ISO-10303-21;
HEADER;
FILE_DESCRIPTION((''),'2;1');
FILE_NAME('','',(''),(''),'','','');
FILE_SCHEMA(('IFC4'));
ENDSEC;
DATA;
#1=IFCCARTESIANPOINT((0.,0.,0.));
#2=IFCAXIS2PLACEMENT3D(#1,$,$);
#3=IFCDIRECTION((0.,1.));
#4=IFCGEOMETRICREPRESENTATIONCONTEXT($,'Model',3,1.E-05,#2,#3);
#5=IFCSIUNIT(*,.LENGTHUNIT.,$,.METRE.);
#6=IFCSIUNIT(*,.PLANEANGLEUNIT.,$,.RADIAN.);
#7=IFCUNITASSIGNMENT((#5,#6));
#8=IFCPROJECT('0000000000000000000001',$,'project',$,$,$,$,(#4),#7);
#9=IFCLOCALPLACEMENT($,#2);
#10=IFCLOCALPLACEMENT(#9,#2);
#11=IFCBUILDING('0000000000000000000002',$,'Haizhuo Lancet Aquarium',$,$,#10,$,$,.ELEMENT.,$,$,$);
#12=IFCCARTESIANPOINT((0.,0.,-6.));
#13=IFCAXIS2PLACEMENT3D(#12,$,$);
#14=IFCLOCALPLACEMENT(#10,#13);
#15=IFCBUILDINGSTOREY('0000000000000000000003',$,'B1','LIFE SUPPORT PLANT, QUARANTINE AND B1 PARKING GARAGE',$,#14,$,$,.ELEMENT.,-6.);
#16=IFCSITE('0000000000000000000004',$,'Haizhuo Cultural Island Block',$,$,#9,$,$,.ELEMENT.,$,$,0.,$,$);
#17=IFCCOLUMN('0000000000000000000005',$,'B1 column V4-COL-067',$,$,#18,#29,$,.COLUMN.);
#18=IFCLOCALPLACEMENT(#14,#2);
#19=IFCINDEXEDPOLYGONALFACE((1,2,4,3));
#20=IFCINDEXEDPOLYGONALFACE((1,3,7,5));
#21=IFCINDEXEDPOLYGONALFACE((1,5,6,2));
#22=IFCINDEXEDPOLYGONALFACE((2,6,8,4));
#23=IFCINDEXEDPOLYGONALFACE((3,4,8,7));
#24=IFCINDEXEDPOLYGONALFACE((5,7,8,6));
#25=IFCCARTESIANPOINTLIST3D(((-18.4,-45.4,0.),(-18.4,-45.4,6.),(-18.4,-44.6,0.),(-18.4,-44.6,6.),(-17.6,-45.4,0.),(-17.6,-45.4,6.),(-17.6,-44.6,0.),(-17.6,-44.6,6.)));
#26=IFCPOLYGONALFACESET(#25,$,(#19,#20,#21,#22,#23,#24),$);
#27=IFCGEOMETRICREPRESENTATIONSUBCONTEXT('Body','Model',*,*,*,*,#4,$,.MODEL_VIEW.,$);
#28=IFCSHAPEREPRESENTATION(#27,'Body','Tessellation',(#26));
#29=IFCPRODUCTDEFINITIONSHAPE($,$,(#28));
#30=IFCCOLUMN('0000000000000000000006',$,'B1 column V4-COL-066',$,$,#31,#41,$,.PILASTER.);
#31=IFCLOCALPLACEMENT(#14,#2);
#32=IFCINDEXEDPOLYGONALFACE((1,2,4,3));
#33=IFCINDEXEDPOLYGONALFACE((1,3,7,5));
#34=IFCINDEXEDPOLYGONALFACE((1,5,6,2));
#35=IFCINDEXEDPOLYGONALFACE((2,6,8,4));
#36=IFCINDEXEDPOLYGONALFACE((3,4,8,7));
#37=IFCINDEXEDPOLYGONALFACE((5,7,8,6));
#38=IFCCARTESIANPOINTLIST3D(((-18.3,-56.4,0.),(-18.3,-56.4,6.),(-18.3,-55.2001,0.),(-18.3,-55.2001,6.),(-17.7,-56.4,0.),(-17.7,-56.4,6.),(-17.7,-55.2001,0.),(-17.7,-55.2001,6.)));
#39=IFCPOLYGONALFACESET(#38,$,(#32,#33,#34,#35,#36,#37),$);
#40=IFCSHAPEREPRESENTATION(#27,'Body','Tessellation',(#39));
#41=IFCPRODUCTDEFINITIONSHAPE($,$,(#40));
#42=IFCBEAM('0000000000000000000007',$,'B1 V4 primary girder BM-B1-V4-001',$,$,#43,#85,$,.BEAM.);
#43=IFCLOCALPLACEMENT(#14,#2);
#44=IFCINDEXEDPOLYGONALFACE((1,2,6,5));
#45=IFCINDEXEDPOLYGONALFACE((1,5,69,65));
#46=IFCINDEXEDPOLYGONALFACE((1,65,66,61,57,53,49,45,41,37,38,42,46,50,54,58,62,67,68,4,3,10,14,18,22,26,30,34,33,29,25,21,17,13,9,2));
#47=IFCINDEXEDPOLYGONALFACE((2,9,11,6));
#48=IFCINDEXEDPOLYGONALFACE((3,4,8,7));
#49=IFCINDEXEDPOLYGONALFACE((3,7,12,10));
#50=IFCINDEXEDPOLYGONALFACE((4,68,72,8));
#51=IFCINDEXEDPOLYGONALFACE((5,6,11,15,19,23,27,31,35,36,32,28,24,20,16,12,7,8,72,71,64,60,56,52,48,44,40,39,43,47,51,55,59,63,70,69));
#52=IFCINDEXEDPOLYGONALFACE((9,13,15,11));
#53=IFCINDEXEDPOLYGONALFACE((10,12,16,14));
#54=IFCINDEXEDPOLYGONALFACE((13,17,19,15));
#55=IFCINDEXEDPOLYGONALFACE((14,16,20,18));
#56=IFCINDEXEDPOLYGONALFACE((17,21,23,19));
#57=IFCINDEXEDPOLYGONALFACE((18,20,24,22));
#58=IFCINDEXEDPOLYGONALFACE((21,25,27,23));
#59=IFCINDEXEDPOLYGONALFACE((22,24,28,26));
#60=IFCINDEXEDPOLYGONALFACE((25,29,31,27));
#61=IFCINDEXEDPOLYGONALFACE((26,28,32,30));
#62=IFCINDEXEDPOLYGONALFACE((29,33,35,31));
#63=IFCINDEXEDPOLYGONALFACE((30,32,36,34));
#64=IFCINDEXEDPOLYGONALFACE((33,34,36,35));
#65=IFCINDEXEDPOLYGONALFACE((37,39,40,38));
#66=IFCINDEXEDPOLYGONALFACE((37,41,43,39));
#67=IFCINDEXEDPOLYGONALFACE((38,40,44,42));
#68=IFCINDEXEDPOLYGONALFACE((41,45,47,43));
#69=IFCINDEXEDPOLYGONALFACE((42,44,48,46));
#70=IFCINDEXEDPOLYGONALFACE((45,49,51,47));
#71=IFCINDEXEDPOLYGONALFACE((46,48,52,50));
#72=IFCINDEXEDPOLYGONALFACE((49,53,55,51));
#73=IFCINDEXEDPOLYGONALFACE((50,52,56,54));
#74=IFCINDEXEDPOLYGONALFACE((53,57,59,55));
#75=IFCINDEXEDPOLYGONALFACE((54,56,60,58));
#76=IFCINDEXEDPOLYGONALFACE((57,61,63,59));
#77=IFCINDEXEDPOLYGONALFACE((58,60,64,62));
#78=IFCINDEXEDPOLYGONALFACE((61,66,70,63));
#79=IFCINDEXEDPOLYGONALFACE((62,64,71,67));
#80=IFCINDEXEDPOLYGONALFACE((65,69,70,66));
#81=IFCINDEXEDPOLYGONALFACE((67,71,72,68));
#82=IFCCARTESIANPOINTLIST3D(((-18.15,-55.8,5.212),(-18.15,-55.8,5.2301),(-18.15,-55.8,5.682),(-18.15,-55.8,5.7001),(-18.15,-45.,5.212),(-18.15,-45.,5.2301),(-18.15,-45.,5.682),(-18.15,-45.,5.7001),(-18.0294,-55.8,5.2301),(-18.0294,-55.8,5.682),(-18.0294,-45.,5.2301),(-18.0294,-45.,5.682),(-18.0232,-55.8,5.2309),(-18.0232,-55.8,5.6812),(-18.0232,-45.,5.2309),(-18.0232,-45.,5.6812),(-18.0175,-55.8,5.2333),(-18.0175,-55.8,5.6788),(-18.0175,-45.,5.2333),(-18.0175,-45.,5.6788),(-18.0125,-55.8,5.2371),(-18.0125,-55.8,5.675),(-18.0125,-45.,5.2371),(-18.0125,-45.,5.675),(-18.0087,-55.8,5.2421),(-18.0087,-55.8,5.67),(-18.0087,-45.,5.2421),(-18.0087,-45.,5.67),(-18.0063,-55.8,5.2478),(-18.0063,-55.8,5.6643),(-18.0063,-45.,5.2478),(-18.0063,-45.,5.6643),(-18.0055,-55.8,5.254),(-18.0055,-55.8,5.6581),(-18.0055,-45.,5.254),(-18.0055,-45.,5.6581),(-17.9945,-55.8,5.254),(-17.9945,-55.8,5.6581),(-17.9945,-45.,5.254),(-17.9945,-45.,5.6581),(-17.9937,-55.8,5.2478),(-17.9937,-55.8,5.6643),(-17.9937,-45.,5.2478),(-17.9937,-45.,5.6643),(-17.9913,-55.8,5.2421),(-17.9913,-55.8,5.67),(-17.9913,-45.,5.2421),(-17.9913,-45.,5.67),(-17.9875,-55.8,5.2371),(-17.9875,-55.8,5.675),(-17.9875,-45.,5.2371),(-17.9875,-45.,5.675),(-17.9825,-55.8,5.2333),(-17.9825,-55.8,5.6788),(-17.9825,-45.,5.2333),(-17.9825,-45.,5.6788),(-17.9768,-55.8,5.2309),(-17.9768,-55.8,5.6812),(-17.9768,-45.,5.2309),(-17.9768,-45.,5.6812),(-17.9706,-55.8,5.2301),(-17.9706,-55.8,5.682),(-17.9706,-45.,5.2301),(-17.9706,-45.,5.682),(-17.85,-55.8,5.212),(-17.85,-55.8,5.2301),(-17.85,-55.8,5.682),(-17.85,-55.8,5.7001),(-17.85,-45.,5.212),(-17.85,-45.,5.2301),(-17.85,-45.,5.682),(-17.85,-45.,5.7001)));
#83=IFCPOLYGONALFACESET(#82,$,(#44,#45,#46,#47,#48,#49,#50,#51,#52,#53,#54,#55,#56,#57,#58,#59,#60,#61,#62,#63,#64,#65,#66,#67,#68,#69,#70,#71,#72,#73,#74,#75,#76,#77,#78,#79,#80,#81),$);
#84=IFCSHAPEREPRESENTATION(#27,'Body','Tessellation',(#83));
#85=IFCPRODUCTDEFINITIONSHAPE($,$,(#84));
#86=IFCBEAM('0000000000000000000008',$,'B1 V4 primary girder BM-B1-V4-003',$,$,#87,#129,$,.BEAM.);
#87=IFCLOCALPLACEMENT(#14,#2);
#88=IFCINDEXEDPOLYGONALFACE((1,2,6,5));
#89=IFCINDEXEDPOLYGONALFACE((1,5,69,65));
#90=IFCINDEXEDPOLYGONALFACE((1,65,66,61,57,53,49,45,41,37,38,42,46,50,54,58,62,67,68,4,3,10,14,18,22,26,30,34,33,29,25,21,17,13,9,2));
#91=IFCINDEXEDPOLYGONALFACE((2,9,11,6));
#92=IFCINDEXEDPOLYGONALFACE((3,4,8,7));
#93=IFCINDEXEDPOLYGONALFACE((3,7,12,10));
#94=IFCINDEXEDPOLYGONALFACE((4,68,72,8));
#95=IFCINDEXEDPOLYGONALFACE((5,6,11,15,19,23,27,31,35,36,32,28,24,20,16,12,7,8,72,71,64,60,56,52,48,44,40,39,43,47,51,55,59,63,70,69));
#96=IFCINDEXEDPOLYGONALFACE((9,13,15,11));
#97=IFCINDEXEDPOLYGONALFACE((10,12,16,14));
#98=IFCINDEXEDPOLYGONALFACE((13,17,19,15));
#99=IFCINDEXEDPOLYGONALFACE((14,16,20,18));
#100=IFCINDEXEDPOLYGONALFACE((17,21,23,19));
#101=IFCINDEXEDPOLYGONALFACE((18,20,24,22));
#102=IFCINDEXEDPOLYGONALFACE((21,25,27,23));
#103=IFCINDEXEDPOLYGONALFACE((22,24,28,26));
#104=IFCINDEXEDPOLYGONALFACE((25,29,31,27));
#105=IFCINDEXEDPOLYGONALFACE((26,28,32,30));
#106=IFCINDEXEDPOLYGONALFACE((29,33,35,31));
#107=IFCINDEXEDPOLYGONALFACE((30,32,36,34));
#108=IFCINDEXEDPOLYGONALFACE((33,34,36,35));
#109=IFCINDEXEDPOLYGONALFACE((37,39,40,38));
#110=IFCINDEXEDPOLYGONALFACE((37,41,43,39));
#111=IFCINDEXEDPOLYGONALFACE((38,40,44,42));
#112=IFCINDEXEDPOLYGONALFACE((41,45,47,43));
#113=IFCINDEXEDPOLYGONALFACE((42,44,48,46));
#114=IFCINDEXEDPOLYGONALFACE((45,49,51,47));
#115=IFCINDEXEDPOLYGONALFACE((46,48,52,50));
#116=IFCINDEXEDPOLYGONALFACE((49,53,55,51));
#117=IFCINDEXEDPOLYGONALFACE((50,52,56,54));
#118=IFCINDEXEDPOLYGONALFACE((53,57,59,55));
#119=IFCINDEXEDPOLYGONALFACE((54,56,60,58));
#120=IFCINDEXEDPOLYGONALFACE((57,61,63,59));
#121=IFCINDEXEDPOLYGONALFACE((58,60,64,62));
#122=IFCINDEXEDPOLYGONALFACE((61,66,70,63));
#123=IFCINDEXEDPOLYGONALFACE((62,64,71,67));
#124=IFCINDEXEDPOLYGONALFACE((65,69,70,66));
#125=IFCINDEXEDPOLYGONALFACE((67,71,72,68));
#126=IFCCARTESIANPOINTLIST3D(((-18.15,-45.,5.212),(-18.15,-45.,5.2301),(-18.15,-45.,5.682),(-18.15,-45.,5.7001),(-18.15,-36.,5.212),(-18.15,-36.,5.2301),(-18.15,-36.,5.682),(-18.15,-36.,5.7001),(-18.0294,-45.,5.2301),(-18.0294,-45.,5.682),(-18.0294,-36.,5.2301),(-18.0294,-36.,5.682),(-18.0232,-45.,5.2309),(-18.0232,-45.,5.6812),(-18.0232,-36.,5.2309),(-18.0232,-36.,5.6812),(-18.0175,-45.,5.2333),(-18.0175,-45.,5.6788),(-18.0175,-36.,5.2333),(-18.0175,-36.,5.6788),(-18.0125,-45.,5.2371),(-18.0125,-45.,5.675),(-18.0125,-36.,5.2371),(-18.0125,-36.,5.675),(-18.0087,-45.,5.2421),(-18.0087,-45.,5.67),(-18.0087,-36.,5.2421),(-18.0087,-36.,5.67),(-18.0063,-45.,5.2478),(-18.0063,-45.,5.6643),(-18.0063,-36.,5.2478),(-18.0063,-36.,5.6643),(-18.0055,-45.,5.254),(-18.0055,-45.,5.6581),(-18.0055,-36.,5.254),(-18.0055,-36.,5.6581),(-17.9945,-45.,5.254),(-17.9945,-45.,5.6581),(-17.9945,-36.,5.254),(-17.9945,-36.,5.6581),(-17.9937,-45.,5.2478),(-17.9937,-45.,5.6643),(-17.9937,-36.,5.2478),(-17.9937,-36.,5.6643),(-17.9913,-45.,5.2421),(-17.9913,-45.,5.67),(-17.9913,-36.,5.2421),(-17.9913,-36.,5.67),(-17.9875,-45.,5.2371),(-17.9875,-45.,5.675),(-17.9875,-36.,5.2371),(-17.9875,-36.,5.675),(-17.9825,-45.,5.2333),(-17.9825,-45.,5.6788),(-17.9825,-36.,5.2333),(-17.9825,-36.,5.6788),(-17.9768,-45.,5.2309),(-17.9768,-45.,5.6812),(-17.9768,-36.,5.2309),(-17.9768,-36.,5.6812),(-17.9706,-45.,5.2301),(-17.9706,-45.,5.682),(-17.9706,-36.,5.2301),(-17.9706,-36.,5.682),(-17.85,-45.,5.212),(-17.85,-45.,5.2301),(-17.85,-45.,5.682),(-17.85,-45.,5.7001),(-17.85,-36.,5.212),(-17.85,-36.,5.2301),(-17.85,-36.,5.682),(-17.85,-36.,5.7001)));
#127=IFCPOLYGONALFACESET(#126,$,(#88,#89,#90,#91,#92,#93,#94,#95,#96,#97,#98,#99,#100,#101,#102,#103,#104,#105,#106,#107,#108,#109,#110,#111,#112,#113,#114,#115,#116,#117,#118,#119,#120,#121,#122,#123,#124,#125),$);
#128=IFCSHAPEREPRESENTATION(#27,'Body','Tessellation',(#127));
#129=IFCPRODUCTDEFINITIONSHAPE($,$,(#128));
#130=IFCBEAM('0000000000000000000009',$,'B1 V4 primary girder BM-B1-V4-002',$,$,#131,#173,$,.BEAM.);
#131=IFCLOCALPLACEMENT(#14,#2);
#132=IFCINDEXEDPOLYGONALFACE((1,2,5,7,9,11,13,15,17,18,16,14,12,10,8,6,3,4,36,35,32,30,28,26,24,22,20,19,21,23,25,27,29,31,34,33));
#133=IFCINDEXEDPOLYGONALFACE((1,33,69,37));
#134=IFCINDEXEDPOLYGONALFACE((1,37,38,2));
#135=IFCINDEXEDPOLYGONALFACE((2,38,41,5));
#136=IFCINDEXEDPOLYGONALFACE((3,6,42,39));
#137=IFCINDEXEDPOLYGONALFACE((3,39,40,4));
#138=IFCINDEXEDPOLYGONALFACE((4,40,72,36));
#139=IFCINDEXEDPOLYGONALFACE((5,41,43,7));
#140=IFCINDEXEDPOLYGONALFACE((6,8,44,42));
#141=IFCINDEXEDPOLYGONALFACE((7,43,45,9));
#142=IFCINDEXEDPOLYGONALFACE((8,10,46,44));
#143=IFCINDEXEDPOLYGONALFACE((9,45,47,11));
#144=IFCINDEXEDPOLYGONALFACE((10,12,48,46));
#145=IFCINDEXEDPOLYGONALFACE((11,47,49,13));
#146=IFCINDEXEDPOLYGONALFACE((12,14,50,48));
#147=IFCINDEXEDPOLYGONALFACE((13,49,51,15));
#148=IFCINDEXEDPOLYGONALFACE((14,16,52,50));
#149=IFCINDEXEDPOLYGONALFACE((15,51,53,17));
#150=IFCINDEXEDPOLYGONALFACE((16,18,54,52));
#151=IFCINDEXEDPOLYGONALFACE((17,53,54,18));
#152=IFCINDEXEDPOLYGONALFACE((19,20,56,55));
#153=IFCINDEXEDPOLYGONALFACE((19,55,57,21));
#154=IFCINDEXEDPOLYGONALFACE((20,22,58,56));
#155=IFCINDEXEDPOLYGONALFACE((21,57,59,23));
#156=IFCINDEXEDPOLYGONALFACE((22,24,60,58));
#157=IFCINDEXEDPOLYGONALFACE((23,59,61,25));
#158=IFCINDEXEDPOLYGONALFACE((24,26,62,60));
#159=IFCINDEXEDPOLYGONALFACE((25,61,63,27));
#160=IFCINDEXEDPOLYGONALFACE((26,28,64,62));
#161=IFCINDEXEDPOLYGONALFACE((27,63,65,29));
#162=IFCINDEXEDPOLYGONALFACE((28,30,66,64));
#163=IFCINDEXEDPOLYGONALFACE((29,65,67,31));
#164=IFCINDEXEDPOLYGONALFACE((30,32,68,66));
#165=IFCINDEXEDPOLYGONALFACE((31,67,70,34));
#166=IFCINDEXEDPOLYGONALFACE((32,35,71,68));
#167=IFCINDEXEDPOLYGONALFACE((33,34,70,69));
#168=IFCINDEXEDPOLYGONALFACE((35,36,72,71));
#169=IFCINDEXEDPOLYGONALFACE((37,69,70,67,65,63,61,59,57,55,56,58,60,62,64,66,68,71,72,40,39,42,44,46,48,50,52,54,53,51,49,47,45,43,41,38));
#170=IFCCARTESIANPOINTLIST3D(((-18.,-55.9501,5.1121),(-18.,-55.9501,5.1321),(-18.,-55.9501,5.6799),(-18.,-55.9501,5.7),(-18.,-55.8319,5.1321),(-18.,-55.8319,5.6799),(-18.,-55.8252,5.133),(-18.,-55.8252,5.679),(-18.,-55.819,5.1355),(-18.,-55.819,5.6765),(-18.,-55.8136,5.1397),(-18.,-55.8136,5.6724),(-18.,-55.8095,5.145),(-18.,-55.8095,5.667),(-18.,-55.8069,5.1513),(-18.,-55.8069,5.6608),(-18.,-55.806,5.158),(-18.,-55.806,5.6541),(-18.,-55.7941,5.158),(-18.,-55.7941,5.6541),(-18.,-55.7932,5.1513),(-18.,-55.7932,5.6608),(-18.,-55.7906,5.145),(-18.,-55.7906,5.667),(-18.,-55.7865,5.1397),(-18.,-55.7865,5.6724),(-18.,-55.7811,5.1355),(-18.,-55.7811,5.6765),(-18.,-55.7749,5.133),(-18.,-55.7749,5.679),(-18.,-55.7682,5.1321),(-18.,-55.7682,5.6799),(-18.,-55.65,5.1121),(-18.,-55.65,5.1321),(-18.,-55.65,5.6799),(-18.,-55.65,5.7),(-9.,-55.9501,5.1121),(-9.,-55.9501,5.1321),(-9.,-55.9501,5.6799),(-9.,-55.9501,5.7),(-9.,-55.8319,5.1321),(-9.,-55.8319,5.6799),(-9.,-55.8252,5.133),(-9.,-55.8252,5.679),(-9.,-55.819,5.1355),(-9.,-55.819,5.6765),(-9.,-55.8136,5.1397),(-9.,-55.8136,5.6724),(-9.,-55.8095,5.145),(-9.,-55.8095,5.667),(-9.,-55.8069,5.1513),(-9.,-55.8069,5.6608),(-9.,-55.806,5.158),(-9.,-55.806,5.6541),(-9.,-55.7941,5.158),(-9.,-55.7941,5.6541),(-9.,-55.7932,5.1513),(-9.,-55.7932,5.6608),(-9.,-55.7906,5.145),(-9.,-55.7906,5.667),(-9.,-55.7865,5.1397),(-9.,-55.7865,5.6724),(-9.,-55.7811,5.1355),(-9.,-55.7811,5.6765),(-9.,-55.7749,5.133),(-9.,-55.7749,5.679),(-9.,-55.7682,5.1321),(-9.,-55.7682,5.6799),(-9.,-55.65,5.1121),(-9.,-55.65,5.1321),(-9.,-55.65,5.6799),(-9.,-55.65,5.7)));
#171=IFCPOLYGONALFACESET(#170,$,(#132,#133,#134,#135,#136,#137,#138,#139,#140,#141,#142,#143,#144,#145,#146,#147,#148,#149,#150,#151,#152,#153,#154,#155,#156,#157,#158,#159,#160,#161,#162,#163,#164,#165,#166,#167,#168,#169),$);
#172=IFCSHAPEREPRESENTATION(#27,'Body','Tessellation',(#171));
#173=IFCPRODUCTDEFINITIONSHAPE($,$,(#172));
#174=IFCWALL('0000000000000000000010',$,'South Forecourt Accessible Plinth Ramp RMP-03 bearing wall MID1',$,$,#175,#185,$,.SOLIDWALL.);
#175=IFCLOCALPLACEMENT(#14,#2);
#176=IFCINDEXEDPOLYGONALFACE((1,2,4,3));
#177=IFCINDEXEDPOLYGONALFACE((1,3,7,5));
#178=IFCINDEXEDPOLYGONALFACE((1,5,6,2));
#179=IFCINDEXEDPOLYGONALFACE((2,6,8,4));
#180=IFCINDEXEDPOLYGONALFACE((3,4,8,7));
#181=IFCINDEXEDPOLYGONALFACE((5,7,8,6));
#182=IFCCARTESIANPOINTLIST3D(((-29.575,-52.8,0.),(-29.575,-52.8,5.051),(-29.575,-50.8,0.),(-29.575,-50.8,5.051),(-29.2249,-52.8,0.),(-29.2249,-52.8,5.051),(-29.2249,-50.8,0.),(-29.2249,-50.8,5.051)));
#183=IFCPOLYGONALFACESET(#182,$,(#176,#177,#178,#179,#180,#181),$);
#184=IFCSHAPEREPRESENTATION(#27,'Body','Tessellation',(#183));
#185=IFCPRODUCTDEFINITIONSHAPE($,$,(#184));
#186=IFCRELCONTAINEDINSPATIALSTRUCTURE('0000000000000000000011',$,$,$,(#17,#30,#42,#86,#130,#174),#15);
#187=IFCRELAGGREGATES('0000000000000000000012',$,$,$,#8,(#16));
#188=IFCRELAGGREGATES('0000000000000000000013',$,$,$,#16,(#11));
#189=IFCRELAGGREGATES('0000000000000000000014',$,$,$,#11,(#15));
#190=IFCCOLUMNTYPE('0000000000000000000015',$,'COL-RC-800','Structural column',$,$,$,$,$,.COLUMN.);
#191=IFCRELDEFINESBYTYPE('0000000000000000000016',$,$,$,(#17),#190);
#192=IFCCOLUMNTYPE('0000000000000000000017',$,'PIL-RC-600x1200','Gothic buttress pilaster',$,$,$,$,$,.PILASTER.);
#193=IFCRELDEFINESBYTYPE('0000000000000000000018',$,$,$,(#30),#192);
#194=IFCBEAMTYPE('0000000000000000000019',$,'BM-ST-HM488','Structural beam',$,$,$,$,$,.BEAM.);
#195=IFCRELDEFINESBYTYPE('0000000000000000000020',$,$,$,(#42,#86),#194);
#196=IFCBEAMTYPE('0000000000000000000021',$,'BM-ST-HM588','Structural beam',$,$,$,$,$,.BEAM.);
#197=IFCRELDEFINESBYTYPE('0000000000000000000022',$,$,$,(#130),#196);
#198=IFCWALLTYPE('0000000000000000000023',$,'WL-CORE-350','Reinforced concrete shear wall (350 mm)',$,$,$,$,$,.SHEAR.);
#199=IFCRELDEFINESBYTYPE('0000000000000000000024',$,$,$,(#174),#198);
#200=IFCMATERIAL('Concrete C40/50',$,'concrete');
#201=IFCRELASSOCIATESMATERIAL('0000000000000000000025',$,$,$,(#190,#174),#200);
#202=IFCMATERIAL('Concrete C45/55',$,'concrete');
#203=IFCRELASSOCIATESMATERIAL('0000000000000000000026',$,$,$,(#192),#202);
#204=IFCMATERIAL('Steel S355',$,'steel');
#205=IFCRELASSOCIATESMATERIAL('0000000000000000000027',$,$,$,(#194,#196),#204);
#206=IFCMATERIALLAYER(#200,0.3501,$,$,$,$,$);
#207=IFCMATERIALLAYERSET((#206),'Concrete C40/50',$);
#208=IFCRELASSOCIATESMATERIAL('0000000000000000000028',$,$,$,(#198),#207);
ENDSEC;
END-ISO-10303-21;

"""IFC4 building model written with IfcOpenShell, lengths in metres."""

from ifc_helpers import new_model, si_unit, direction, frame, frame_2d, origin, origin_2d, place, context, subcontext, project, spatial, rectangle, i_section, extrude, material, layer, layer_set, material_profile, profile_set, type_object, element, save


model = new_model("IFC4")

# Units and contexts
model_context = context("Model", 3, precision=1e-05, world=origin(), true_north=direction((0.0, 1.0)))
body_context = subcontext(model_context, "Body", "Model", "MODEL_VIEW")
ifc_project = project(units=[si_unit("LENGTHUNIT", "METRE"), si_unit("PLANEANGLEUNIT", "RADIAN")], contexts=[model_context])

# Site, building, storey
site_placement = place(None, origin())
site = spatial("IfcSite", under=ifc_project, at=site_placement, Name="Haizhuo Cultural Island Block", CompositionType="ELEMENT", RefElevation=0.0)
building_placement = place(site_placement, origin())
building = spatial("IfcBuilding", under=site, at=building_placement, Name="Haizhuo Lancet Aquarium", CompositionType="ELEMENT")
storey_placement = place(building_placement, frame((0.0, 0.0, -6.0)))
storey = spatial("IfcBuildingStorey", under=building, at=storey_placement, Name="B1", Description="LIFE SUPPORT PLANT, QUARANTINE AND B1 PARKING GARAGE", CompositionType="ELEMENT", Elevation=-6.0)

# Shared definitions
ifc_material_1 = material(Name="Concrete C40/50", Category="concrete")

# Columns
ifc_material_profile_1 = material_profile(ifc_material_1, rectangle(XDim=0.8, YDim=0.8, at=origin_2d()), Name="RC-COL 800x800")
ifc_profile_set_1 = profile_set([ifc_material_profile_1], Name="Concrete C40/50")
column_type_1 = type_object("IfcColumnType", Name="COL-RC-800", Description="Structural column", PredefinedType="COLUMN", material=ifc_profile_set_1)
column_1_placement = place(storey_placement, frame((-18.0, -45.0, 0.0), z_axis=(0.0, 0.0, 1.0), x_axis=(1.0, 0.0, 0.0)))
element("IfcColumn", 1, at=column_1_placement, inside=storey, type_object=column_type_1, Name="B1 column V4-COL-067", PredefinedType="COLUMN", context=body_context, shape_type="SweptSolid", body=[
    extrude(rectangle(XDim=0.8, YDim=0.8, at=origin_2d()), origin(), (0.0, 0.0, 1.0), 6.0),
])
ifc_material_2 = material(Name="Concrete C45/55", Category="concrete")
ifc_material_profile_2 = material_profile(ifc_material_2, rectangle(XDim=0.6001, YDim=1.2, at=origin_2d()), Name="RC-PIL 600x1200")
ifc_profile_set_2 = profile_set([ifc_material_profile_2], Name="Concrete C45/55")
column_type_2 = type_object("IfcColumnType", Name="PIL-RC-600x1200", Description="Gothic buttress pilaster", PredefinedType="PILASTER", material=ifc_profile_set_2)
column_2_placement = place(storey_placement, frame((-18.0, -55.8, 0.0), z_axis=(0.0, 0.0, 1.0), x_axis=(1.0, 0.0, 0.0)))
element("IfcColumn", 2, at=column_2_placement, inside=storey, type_object=column_type_2, Name="B1 column V4-COL-066", PredefinedType="PILASTER", context=body_context, shape_type="SweptSolid", body=[
    extrude(rectangle(XDim=0.6001, YDim=1.2, at=origin_2d()), origin(), (0.0, 0.0, 1.0), 6.0),
])

# Beams
ifc_material_3 = material(Name="Steel S355", Category="steel")
ifc_material_profile_3 = material_profile(ifc_material_3, i_section(OverallWidth=0.3, OverallDepth=0.488, WebThickness=0.011, FlangeThickness=0.0181, FilletRadius=0.0239, at=origin_2d()), Name="HM 488x300x11x18")
ifc_profile_set_3 = profile_set([ifc_material_profile_3], Name="Steel S355")
beam_type_1 = type_object("IfcBeamType", Name="BM-ST-HM488", Description="Structural beam", PredefinedType="BEAM", material=ifc_profile_set_3)
beam_1_placement = place(storey_placement, frame((-18.0, -55.8, 5.4561), z_axis=(0.0, 1.0, 0.0), x_axis=(-1.0, 0.0, 0.0)))
element("IfcBeam", 3, at=beam_1_placement, inside=storey, type_object=beam_type_1, Name="B1 V4 primary girder BM-B1-V4-001", PredefinedType="BEAM", context=body_context, shape_type="SweptSolid", body=[
    extrude(i_section(OverallWidth=0.3, OverallDepth=0.488, WebThickness=0.011, FlangeThickness=0.0181, FilletRadius=0.0239, at=origin_2d()), origin(), (0.0, 0.0, 1.0), 10.8),
])
beam_2_placement = place(storey_placement, frame((-18.0, -45.0, 5.4561), z_axis=(0.0, 1.0, 0.0), x_axis=(-1.0, 0.0, 0.0)))
element("IfcBeam", 4, at=beam_2_placement, inside=storey, type_object=beam_type_1, Name="B1 V4 primary girder BM-B1-V4-003", PredefinedType="BEAM", context=body_context, shape_type="SweptSolid", body=[
    extrude(i_section(OverallWidth=0.3, OverallDepth=0.488, WebThickness=0.011, FlangeThickness=0.0181, FilletRadius=0.0239, at=origin_2d()), origin(), (0.0, 0.0, 1.0), 9.0),
])
ifc_material_profile_4 = material_profile(ifc_material_3, i_section(OverallWidth=0.3, OverallDepth=0.5879, WebThickness=0.012, FlangeThickness=0.02, FilletRadius=0.0259, at=origin_2d()), Name="HM 588x300x12x20")
ifc_profile_set_4 = profile_set([ifc_material_profile_4], Name="Steel S355")
beam_type_2 = type_object("IfcBeamType", Name="BM-ST-HM588", Description="Structural beam", PredefinedType="BEAM", material=ifc_profile_set_4)
beam_3_placement = place(storey_placement, frame((-18.0, -55.8, 5.406), z_axis=(1.0, 0.0, 0.0), x_axis=(0.0, 1.0, 0.0)))
element("IfcBeam", 5, at=beam_3_placement, inside=storey, type_object=beam_type_2, Name="B1 V4 primary girder BM-B1-V4-002", PredefinedType="BEAM", context=body_context, shape_type="SweptSolid", body=[
    extrude(i_section(OverallWidth=0.3, OverallDepth=0.5879, WebThickness=0.012, FlangeThickness=0.02, FilletRadius=0.0259, at=origin_2d()), origin(), (0.0, 0.0, 1.0), 9.0),
])

# Wall
ifc_layer = layer(ifc_material_1, 0.3501)
ifc_layer_set = layer_set([ifc_layer], Name="Concrete C40/50")
wall_type = type_object("IfcWallType", Name="WL-CORE-350", Description="Reinforced concrete shear wall (350 mm)", PredefinedType="SHEAR", material=ifc_layer_set)
for number, where, z_axis, x_axis, name in (
    (6, (-29.3999, -52.8, 0.0), (0.0, 0.0, 1.0), (0.0, 1.0, 0.0), "South Forecourt Accessible Plinth Ramp RMP-03 bearing wall MID1"),
):
    element("IfcWall", number, at=place(storey_placement, frame(where, z_axis=z_axis, x_axis=x_axis)), inside=storey, type_object=wall_type, material=ifc_material_1, Name=name, PredefinedType="SOLIDWALL", context=body_context, shape_type="SweptSolid", body=[
        extrude(rectangle(XDim=2.0, YDim=0.3501, at=frame_2d((1.0, 0.0))), origin(), (0.0, 0.0, 1.0), 5.051),
    ])

save(model, "model.ifc")
